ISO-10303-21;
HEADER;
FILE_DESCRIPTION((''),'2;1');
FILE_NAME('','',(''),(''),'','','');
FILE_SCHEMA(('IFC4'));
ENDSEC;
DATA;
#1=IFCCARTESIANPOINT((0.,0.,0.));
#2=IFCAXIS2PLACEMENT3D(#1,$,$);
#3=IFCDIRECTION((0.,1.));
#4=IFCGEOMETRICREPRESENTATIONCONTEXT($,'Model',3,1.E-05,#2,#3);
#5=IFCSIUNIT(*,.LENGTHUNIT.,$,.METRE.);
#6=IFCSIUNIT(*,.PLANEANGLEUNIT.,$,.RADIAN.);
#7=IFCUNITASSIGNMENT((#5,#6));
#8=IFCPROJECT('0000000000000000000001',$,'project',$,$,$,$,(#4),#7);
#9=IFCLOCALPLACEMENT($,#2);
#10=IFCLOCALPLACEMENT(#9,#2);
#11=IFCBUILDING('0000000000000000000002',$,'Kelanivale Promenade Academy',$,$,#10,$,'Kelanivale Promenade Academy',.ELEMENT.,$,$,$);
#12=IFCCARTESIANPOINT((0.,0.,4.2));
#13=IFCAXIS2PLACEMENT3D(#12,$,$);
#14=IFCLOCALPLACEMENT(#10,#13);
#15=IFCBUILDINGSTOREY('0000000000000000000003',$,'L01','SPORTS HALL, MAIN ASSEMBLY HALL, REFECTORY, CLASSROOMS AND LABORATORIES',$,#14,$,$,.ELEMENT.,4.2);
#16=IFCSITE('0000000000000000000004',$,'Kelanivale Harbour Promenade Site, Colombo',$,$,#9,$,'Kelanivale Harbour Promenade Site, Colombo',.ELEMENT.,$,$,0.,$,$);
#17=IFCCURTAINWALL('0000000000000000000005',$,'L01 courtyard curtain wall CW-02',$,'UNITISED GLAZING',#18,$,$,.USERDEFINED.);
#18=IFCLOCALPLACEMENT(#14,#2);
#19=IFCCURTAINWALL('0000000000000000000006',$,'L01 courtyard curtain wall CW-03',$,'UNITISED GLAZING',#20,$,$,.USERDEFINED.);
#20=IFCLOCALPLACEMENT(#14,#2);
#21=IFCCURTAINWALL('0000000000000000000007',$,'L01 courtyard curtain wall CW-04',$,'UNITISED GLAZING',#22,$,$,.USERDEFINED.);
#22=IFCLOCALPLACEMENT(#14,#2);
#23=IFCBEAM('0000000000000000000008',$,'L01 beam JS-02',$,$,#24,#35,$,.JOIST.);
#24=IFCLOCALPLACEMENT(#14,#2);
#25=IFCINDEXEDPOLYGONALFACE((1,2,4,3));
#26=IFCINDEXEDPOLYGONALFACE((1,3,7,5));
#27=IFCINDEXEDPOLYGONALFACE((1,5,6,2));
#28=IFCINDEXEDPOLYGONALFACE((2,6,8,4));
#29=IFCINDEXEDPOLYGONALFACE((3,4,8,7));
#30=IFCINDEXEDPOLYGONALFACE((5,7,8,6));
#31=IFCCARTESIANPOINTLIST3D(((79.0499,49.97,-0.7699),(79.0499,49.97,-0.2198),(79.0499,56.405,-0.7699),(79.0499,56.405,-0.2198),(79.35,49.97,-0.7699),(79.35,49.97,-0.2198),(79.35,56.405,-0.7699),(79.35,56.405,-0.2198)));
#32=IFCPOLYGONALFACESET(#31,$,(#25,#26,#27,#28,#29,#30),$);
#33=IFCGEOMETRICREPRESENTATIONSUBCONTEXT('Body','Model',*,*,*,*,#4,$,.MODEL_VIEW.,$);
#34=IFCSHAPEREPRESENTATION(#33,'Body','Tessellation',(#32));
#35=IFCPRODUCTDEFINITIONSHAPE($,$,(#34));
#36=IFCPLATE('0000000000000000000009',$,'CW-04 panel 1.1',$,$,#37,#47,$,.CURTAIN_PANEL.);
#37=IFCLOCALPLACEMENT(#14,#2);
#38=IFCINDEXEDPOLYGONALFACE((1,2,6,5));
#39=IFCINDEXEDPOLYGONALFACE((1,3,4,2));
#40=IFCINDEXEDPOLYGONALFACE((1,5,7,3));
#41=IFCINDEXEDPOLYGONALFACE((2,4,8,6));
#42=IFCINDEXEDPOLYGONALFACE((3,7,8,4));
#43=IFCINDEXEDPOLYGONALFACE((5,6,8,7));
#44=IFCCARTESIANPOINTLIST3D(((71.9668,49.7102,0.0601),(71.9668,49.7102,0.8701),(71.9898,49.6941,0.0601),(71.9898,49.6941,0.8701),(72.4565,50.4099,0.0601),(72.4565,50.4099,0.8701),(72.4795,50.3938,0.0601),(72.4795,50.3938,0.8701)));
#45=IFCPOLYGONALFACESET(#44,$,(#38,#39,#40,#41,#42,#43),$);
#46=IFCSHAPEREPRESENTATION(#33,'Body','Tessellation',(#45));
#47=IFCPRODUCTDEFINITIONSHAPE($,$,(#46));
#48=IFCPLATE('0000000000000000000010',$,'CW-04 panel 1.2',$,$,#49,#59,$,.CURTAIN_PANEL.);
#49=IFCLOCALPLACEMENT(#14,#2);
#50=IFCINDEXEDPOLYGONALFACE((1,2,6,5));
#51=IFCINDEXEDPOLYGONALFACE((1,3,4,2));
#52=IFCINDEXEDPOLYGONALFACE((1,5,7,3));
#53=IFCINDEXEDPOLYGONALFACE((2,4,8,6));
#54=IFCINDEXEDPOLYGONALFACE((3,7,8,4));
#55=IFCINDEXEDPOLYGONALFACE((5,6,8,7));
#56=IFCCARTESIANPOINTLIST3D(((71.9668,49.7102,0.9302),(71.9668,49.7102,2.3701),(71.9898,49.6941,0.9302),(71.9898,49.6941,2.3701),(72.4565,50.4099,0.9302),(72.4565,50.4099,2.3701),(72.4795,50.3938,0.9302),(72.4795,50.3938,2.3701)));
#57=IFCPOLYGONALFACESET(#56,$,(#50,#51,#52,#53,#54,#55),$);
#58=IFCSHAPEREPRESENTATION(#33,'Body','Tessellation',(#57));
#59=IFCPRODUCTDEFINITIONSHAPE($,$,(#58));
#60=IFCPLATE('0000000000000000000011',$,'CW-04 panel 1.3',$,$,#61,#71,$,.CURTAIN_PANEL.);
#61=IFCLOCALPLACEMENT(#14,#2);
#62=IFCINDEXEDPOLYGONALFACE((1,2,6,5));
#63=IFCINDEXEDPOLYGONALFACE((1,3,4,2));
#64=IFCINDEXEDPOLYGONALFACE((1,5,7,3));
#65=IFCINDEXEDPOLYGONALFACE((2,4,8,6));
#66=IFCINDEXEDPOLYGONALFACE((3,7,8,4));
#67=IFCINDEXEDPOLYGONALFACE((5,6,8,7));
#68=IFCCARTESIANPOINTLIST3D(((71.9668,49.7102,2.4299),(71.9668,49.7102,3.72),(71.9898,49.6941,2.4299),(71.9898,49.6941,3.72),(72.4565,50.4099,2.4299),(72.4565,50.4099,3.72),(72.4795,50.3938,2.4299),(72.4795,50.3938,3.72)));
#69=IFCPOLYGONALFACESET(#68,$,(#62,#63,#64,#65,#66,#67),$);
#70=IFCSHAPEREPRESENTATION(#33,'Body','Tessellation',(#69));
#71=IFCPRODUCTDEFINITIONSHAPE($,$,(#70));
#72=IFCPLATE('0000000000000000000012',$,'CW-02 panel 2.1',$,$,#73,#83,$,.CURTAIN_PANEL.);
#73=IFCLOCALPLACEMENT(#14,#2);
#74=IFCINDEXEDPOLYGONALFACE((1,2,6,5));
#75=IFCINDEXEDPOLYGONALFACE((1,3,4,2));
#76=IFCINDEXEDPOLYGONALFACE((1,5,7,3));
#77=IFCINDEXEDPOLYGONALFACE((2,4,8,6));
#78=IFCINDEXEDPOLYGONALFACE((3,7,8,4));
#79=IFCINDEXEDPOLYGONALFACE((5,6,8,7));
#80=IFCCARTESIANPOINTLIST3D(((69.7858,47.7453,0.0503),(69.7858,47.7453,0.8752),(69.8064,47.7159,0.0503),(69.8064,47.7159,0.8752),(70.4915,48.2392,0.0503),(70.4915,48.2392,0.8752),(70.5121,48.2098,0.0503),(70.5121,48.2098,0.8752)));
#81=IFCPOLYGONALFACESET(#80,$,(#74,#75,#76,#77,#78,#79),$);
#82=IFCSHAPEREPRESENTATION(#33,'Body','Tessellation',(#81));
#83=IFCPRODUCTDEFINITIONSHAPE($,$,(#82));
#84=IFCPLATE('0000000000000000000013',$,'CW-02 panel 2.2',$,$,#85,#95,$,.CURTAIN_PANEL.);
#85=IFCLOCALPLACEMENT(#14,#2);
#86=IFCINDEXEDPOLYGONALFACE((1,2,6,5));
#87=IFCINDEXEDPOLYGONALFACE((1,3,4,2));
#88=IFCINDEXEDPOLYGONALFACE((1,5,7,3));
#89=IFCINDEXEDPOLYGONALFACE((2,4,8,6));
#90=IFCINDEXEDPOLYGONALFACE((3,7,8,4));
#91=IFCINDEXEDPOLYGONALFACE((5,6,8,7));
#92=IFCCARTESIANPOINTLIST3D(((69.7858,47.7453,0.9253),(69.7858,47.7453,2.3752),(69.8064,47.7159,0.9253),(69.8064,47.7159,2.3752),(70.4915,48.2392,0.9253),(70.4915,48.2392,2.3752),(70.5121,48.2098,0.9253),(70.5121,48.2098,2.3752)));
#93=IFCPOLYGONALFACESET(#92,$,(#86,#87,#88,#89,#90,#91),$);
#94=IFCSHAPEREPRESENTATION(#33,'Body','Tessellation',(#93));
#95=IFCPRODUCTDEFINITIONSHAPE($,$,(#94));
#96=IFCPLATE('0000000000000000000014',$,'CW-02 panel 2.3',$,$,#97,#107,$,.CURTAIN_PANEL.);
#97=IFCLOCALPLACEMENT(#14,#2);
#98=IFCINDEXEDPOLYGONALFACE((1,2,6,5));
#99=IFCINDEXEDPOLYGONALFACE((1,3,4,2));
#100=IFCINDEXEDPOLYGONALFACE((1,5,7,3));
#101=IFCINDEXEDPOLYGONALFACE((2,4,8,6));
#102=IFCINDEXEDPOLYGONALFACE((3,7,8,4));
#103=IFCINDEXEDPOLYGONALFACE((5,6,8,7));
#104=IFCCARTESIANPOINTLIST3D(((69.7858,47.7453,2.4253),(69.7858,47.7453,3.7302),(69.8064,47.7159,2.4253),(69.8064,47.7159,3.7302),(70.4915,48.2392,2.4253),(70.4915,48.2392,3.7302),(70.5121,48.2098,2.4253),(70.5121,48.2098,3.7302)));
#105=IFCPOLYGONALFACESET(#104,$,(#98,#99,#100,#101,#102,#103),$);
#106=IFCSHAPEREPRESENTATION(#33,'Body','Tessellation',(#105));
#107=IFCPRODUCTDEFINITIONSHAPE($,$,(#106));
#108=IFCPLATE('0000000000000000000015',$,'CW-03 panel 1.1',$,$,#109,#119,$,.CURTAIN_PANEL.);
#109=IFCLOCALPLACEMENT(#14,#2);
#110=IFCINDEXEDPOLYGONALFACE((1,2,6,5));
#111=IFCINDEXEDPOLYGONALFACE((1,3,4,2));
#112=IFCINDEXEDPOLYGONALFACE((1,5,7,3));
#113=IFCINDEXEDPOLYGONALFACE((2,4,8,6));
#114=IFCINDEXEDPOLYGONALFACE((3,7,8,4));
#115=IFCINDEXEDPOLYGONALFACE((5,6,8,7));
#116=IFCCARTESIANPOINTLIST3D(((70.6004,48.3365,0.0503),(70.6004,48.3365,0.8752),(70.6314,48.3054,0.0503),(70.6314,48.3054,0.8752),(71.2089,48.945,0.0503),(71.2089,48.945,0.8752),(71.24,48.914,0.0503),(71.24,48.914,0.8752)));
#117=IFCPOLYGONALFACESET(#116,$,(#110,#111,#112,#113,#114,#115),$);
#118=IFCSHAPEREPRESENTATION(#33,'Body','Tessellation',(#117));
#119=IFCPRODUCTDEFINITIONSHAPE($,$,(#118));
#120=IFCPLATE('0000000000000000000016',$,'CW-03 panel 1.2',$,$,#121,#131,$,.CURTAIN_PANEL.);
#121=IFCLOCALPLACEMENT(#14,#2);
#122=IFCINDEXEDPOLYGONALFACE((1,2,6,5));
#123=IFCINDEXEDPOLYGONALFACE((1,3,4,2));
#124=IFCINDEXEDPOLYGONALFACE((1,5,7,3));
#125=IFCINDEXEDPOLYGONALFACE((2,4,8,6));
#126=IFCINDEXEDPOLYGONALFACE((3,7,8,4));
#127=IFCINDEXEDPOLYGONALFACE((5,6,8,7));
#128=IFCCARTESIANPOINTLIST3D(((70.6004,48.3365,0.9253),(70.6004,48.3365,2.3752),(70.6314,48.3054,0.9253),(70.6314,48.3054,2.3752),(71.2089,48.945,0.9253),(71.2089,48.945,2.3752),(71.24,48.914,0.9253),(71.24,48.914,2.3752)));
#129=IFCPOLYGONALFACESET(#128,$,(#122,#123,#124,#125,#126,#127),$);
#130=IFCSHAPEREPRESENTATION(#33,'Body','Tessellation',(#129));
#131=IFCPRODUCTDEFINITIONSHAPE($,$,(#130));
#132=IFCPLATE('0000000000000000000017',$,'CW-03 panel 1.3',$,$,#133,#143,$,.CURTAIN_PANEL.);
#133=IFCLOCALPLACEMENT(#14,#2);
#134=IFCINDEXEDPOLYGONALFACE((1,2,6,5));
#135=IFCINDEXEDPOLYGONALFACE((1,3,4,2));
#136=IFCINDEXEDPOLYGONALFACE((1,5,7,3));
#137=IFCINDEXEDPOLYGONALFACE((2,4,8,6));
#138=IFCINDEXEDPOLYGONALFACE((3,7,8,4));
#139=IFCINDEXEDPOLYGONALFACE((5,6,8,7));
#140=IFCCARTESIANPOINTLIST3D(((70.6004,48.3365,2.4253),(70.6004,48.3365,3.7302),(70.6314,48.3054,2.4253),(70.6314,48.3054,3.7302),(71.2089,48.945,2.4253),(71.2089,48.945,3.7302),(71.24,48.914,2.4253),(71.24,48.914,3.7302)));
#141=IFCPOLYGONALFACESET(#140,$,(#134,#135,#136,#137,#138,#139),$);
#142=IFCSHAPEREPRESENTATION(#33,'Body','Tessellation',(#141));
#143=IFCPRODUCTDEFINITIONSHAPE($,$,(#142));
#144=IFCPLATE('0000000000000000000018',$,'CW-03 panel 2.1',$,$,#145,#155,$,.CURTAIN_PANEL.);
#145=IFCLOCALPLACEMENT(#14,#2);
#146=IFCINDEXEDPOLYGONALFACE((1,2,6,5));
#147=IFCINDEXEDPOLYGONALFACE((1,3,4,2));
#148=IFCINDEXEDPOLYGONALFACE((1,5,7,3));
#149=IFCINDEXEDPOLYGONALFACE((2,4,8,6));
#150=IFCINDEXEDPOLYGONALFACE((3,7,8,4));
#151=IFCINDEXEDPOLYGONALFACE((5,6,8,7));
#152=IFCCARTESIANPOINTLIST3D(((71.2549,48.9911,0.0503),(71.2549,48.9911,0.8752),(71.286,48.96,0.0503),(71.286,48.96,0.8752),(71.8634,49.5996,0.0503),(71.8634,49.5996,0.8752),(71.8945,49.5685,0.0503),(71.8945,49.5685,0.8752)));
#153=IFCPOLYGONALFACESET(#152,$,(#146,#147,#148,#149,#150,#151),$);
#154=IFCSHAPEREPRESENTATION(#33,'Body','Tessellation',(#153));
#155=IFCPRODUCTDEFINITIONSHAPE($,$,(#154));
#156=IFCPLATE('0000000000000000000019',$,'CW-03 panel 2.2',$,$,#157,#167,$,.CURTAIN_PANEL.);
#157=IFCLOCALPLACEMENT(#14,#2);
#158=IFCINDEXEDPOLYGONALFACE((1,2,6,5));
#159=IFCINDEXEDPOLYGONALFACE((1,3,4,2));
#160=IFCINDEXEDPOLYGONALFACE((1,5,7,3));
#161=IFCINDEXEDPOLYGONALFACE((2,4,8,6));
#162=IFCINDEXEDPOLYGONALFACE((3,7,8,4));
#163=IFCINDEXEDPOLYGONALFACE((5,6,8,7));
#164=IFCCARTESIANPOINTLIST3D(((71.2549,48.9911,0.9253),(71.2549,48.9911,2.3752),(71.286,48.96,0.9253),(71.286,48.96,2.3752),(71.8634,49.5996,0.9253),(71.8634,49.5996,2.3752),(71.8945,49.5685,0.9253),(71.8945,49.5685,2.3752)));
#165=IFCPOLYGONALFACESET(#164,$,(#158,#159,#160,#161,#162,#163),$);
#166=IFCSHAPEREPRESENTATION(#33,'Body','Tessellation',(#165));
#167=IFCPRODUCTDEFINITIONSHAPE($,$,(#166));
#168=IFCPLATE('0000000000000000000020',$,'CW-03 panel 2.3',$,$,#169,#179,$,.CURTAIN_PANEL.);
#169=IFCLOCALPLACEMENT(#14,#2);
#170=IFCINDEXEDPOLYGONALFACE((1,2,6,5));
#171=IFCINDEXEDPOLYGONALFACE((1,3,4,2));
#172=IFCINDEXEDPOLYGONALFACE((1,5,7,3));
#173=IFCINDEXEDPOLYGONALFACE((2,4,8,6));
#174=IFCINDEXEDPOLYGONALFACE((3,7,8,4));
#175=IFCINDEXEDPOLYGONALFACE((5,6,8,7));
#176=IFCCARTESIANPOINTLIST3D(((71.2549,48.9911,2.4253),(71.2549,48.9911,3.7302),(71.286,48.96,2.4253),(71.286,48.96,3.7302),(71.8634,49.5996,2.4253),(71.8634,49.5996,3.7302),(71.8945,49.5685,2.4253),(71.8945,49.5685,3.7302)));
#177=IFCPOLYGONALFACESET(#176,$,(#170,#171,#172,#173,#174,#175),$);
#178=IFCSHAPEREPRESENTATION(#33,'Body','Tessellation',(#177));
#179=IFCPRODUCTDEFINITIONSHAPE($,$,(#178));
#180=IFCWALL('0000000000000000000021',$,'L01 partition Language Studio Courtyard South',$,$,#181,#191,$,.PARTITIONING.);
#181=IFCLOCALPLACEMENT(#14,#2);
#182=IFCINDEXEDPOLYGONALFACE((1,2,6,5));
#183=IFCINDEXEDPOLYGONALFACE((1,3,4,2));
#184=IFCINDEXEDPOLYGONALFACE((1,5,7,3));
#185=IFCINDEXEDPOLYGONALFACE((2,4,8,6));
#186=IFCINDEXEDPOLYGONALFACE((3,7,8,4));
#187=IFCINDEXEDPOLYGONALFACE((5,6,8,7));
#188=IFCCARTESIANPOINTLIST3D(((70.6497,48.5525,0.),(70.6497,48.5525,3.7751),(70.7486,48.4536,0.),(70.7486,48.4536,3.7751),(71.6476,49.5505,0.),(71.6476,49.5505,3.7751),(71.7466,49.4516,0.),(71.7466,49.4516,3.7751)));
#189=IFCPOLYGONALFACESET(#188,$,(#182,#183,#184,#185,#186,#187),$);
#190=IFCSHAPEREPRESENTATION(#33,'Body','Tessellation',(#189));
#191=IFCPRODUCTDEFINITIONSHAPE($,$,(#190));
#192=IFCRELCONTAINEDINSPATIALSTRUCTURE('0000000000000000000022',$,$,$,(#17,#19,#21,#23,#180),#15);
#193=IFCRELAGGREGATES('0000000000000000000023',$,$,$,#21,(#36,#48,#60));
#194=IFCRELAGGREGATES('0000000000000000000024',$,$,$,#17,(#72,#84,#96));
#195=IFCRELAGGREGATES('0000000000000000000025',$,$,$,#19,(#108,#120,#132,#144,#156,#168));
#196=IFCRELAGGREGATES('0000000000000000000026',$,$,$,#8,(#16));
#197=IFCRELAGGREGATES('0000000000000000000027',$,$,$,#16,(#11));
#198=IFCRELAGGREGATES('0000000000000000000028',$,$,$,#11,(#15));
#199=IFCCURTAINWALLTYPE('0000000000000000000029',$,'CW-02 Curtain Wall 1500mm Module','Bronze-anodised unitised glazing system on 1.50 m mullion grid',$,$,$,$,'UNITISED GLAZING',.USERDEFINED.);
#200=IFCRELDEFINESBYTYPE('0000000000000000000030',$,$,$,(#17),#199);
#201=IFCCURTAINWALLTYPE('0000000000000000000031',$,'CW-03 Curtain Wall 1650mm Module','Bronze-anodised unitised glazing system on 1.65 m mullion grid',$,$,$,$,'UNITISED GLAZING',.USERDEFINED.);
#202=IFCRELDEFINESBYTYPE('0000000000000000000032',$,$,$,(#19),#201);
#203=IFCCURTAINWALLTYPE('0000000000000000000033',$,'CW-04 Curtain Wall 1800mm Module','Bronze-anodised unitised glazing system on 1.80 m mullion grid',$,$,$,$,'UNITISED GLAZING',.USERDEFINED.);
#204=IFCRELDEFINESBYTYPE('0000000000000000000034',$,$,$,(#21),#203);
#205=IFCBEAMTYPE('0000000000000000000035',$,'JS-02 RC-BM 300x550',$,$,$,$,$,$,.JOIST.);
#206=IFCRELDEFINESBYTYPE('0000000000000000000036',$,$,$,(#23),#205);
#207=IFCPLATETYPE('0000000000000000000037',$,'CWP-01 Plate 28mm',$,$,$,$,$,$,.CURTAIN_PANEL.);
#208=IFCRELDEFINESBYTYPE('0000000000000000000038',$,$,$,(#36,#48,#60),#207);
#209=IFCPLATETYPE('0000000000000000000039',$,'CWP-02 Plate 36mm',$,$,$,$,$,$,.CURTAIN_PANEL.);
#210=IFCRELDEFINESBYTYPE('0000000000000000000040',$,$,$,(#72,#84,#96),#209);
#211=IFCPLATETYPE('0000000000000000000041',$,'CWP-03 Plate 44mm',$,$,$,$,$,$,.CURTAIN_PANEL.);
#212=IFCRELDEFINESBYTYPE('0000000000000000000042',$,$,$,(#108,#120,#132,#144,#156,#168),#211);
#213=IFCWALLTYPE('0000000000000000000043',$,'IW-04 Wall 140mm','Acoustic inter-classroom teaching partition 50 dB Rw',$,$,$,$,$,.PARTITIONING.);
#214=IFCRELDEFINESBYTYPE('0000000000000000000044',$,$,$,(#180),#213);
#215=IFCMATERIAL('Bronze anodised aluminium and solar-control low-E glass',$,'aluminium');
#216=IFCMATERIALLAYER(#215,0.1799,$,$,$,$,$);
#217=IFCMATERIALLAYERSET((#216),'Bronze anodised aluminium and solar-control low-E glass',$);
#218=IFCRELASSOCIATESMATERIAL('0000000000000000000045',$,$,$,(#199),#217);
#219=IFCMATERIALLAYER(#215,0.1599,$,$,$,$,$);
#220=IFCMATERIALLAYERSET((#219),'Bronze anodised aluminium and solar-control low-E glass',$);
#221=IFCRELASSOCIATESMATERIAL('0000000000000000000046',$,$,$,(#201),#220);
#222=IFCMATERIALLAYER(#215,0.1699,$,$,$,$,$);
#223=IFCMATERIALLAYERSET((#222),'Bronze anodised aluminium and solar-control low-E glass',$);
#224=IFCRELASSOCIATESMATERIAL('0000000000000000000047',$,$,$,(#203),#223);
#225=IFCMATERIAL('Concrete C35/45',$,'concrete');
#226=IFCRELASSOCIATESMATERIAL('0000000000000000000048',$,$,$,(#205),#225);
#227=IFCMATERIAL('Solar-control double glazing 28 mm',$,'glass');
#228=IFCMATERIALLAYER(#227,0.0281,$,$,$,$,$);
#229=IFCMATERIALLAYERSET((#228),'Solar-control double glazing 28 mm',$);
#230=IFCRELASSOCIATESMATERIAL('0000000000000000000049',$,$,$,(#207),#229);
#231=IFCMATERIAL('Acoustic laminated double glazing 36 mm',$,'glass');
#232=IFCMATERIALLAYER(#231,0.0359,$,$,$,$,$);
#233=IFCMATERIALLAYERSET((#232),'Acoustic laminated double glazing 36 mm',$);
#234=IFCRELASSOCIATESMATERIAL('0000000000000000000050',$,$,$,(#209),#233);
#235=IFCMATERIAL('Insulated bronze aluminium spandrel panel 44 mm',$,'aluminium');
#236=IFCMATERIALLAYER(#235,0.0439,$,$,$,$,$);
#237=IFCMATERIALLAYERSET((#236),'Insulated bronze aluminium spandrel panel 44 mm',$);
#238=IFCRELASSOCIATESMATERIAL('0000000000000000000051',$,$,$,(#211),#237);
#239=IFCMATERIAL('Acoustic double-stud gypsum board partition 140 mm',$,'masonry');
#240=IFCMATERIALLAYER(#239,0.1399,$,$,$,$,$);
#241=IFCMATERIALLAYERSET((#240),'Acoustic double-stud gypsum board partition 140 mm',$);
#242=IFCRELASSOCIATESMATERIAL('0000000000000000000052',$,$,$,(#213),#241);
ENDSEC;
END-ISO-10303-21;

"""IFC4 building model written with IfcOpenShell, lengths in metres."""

from ifc_helpers import new_model, si_unit, direction, frame, frame_2d, origin, origin_2d, place, context, subcontext, project, spatial, rectangle, extrude, material, layer, layer_set, material_profile, profile_set, type_object, element, aggregate, save


model = new_model("IFC4")

# Units and contexts
model_context = context("Model", 3, precision=1e-05, world=origin(), true_north=direction((0.0, 1.0)))
body_context = subcontext(model_context, "Body", "Model", "MODEL_VIEW")
ifc_project = project(units=[si_unit("LENGTHUNIT", "METRE"), si_unit("PLANEANGLEUNIT", "RADIAN")], contexts=[model_context])

# Site, building, storey
site_placement = place(None, origin())
site = spatial("IfcSite", under=ifc_project, at=site_placement, Name="Kelanivale Harbour Promenade Site, Colombo", LongName="Kelanivale Harbour Promenade Site, Colombo", CompositionType="ELEMENT", RefElevation=0.0)
building_placement = place(site_placement, origin())
building = spatial("IfcBuilding", under=site, at=building_placement, Name="Kelanivale Promenade Academy", LongName="Kelanivale Promenade Academy", CompositionType="ELEMENT")
storey_placement = place(building_placement, frame((0.0, 0.0, 4.2)))
storey = spatial("IfcBuildingStorey", under=building, at=storey_placement, Name="L01", Description="SPORTS HALL, MAIN ASSEMBLY HALL, REFECTORY, CLASSROOMS AND LABORATORIES", CompositionType="ELEMENT", Elevation=4.2)

# Curtain wall
ifc_material_1 = material(Name="Bronze anodised aluminium and solar-control low-E glass", Category="aluminium")
ifc_layer_1 = layer(ifc_material_1, 0.1799)
ifc_layer_set_1 = layer_set([ifc_layer_1], Name="Bronze anodised aluminium and solar-control low-E glass")
curtain_wall_type_1 = type_object("IfcCurtainWallType", Name="CW-02 Curtain Wall 1500mm Module", Description="Bronze-anodised unitised glazing system on 1.50 m mullion grid", ElementType="UNITISED GLAZING", PredefinedType="USERDEFINED", material=ifc_layer_set_1)
curtain_wall_1_placement = place(storey_placement, origin())
curtain_wall_1 = element("IfcCurtainWall", 1, at=curtain_wall_1_placement, inside=storey, type_object=curtain_wall_type_1, Name="L01 courtyard curtain wall CW-02", ObjectType="UNITISED GLAZING", PredefinedType="USERDEFINED")

# Curtain wall
ifc_layer_2 = layer(ifc_material_1, 0.1599)
ifc_layer_set_2 = layer_set([ifc_layer_2], Name="Bronze anodised aluminium and solar-control low-E glass")
curtain_wall_type_2 = type_object("IfcCurtainWallType", Name="CW-03 Curtain Wall 1650mm Module", Description="Bronze-anodised unitised glazing system on 1.65 m mullion grid", ElementType="UNITISED GLAZING", PredefinedType="USERDEFINED", material=ifc_layer_set_2)
curtain_wall_2_placement = place(storey_placement, origin())
curtain_wall_2 = element("IfcCurtainWall", 2, at=curtain_wall_2_placement, inside=storey, type_object=curtain_wall_type_2, Name="L01 courtyard curtain wall CW-03", ObjectType="UNITISED GLAZING", PredefinedType="USERDEFINED")

# Curtain wall
ifc_layer_3 = layer(ifc_material_1, 0.1699)
ifc_layer_set_3 = layer_set([ifc_layer_3], Name="Bronze anodised aluminium and solar-control low-E glass")
curtain_wall_type_3 = type_object("IfcCurtainWallType", Name="CW-04 Curtain Wall 1800mm Module", Description="Bronze-anodised unitised glazing system on 1.80 m mullion grid", ElementType="UNITISED GLAZING", PredefinedType="USERDEFINED", material=ifc_layer_set_3)
curtain_wall_3_placement = place(storey_placement, origin())
curtain_wall_3 = element("IfcCurtainWall", 3, at=curtain_wall_3_placement, inside=storey, type_object=curtain_wall_type_3, Name="L01 courtyard curtain wall CW-04", ObjectType="UNITISED GLAZING", PredefinedType="USERDEFINED")

# Beam
ifc_material_2 = material(Name="Concrete C35/45", Category="concrete")
ifc_material_profile_1 = material_profile(ifc_material_2, rectangle(XDim=0.3, YDim=0.55, at=origin_2d()), Name="RC-BM 300x550")
ifc_profile_set_1 = profile_set([ifc_material_profile_1], Name="Concrete C35/45")
beam_type = type_object("IfcBeamType", Name="JS-02 RC-BM 300x550", PredefinedType="JOIST", material=ifc_profile_set_1)
beam_placement = place(storey_placement, frame((79.2, 49.97, -0.4949), z_axis=(0.0, 1.0, 0.0), x_axis=(-1.0, 0.0, 0.0)))
element("IfcBeam", 4, at=beam_placement, inside=storey, type_object=beam_type, Name="L01 beam JS-02", PredefinedType="JOIST", context=body_context, shape_type="SweptSolid", body=[
    extrude(rectangle(XDim=0.3, YDim=0.55, at=origin_2d()), origin(), (0.0, 0.0, 1.0), 6.4351),
])

# Plates
ifc_material_3 = material(Name="Solar-control double glazing 28 mm", Category="glass")
ifc_layer_4 = layer(ifc_material_3, 0.0281)
ifc_layer_set_4 = layer_set([ifc_layer_4], Name="Solar-control double glazing 28 mm")
plate_type_1 = type_object("IfcPlateType", Name="CWP-01 Plate 28mm", PredefinedType="CURTAIN_PANEL", material=ifc_layer_set_4)
plate_1_placement = place(storey_placement, frame((72.2231, 50.052, 0.0601), z_axis=(0.0, 0.0, 1.0), x_axis=(0.573357, 0.819306, 0.0)))
plate_1 = element("IfcPlate", 5, at=plate_1_placement, type_object=plate_type_1, Name="CW-04 panel 1.1", PredefinedType="CURTAIN_PANEL", context=body_context, shape_type="SweptSolid", body=[
    extrude(rectangle(XDim=0.854, YDim=0.0281, at=origin_2d()), origin(), (0.0, 0.0, 1.0), 0.8101),
])
plate_2_placement = place(storey_placement, frame((72.2231, 50.052, 0.9302), z_axis=(0.0, 0.0, 1.0), x_axis=(0.573357, 0.819306, 0.0)))
plate_2 = element("IfcPlate", 6, at=plate_2_placement, type_object=plate_type_1, Name="CW-04 panel 1.2", PredefinedType="CURTAIN_PANEL", context=body_context, shape_type="SweptSolid", body=[
    extrude(rectangle(XDim=0.854, YDim=0.0281, at=origin_2d()), origin(), (0.0, 0.0, 1.0), 1.4399),
])
plate_3_placement = place(storey_placement, frame((72.2231, 50.052, 2.4299), z_axis=(0.0, 0.0, 1.0), x_axis=(0.573357, 0.819306, 0.0)))
plate_3 = element("IfcPlate", 7, at=plate_3_placement, type_object=plate_type_1, Name="CW-04 panel 1.3", PredefinedType="CURTAIN_PANEL", context=body_context, shape_type="SweptSolid", body=[
    extrude(rectangle(XDim=0.854, YDim=0.0281, at=origin_2d()), origin(), (0.0, 0.0, 1.0), 1.29),
])
aggregate(curtain_wall_3, [plate_1, plate_2, plate_3])
ifc_material_4 = material(Name="Acoustic laminated double glazing 36 mm", Category="glass")
ifc_layer_5 = layer(ifc_material_4, 0.0359)
ifc_layer_set_5 = layer_set([ifc_layer_5], Name="Acoustic laminated double glazing 36 mm")
plate_type_2 = type_object("IfcPlateType", Name="CWP-02 Plate 36mm", PredefinedType="CURTAIN_PANEL", material=ifc_layer_set_5)
plate_4_placement = place(storey_placement, frame((70.1489, 47.9775, 0.0503), z_axis=(0.0, 0.0, 1.0), x_axis=(0.819306, 0.573357, 0.0)))
plate_4 = element("IfcPlate", 8, at=plate_4_placement, type_object=plate_type_2, Name="CW-02 panel 2.1", PredefinedType="CURTAIN_PANEL", context=body_context, shape_type="SweptSolid", body=[
    extrude(rectangle(XDim=0.8613, YDim=0.0359, at=origin_2d()), origin(), (0.0, 0.0, 1.0), 0.825),
])
plate_5_placement = place(storey_placement, frame((70.1489, 47.9775, 0.9253), z_axis=(0.0, 0.0, 1.0), x_axis=(0.819306, 0.573357, 0.0)))
plate_5 = element("IfcPlate", 9, at=plate_5_placement, type_object=plate_type_2, Name="CW-02 panel 2.2", PredefinedType="CURTAIN_PANEL", context=body_context, shape_type="SweptSolid", body=[
    extrude(rectangle(XDim=0.8613, YDim=0.0359, at=origin_2d()), origin(), (0.0, 0.0, 1.0), 1.45),
])
plate_6_placement = place(storey_placement, frame((70.1489, 47.9775, 2.4253), z_axis=(0.0, 0.0, 1.0), x_axis=(0.819306, 0.573357, 0.0)))
plate_6 = element("IfcPlate", 10, at=plate_6_placement, type_object=plate_type_2, Name="CW-02 panel 2.3", PredefinedType="CURTAIN_PANEL", context=body_context, shape_type="SweptSolid", body=[
    extrude(rectangle(XDim=0.8613, YDim=0.0359, at=origin_2d()), origin(), (0.0, 0.0, 1.0), 1.3049),
])
aggregate(curtain_wall_1, [plate_4, plate_5, plate_6])
ifc_material_5 = material(Name="Insulated bronze aluminium spandrel panel 44 mm", Category="aluminium")
ifc_layer_6 = layer(ifc_material_5, 0.0439)
ifc_layer_set_6 = layer_set([ifc_layer_6], Name="Insulated bronze aluminium spandrel panel 44 mm")
plate_type_3 = type_object("IfcPlateType", Name="CWP-03 Plate 44mm", PredefinedType="CURTAIN_PANEL", material=ifc_layer_set_6)
plate_7_placement = place(storey_placement, frame((70.9202, 48.6252, 0.0503), z_axis=(0.0, 0.0, 1.0), x_axis=(0.707107, 0.707107, 0.0)))
plate_7 = element("IfcPlate", 11, at=plate_7_placement, type_object=plate_type_3, Name="CW-03 panel 1.1", PredefinedType="CURTAIN_PANEL", context=body_context, shape_type="SweptSolid", body=[
    extrude(rectangle(XDim=0.8606, YDim=0.0439, at=origin_2d()), origin(), (0.0, 0.0, 1.0), 0.825),
])
plate_8_placement = place(storey_placement, frame((70.9202, 48.6252, 0.9253), z_axis=(0.0, 0.0, 1.0), x_axis=(0.707107, 0.707107, 0.0)))
plate_8 = element("IfcPlate", 12, at=plate_8_placement, type_object=plate_type_3, Name="CW-03 panel 1.2", PredefinedType="CURTAIN_PANEL", context=body_context, shape_type="SweptSolid", body=[
    extrude(rectangle(XDim=0.8606, YDim=0.0439, at=origin_2d()), origin(), (0.0, 0.0, 1.0), 1.45),
])
plate_9_placement = place(storey_placement, frame((70.9202, 48.6252, 2.4253), z_axis=(0.0, 0.0, 1.0), x_axis=(0.707107, 0.707107, 0.0)))
plate_9 = element("IfcPlate", 13, at=plate_9_placement, type_object=plate_type_3, Name="CW-03 panel 1.3", PredefinedType="CURTAIN_PANEL", context=body_context, shape_type="SweptSolid", body=[
    extrude(rectangle(XDim=0.8606, YDim=0.0439, at=origin_2d()), origin(), (0.0, 0.0, 1.0), 1.3049),
])
plate_10_placement = place(storey_placement, frame((71.5747, 49.2798, 0.0503), z_axis=(0.0, 0.0, 1.0), x_axis=(0.707107, 0.707107, 0.0)))
plate_10 = element("IfcPlate", 14, at=plate_10_placement, type_object=plate_type_3, Name="CW-03 panel 2.1", PredefinedType="CURTAIN_PANEL", context=body_context, shape_type="SweptSolid", body=[
    extrude(rectangle(XDim=0.8606, YDim=0.0439, at=origin_2d()), origin(), (0.0, 0.0, 1.0), 0.825),
])
plate_11_placement = place(storey_placement, frame((71.5747, 49.2798, 0.9253), z_axis=(0.0, 0.0, 1.0), x_axis=(0.707107, 0.707107, 0.0)))
plate_11 = element("IfcPlate", 15, at=plate_11_placement, type_object=plate_type_3, Name="CW-03 panel 2.2", PredefinedType="CURTAIN_PANEL", context=body_context, shape_type="SweptSolid", body=[
    extrude(rectangle(XDim=0.8606, YDim=0.0439, at=origin_2d()), origin(), (0.0, 0.0, 1.0), 1.45),
])
plate_12_placement = place(storey_placement, frame((71.5747, 49.2798, 2.4253), z_axis=(0.0, 0.0, 1.0), x_axis=(0.707107, 0.707107, 0.0)))
plate_12 = element("IfcPlate", 16, at=plate_12_placement, type_object=plate_type_3, Name="CW-03 panel 2.3", PredefinedType="CURTAIN_PANEL", context=body_context, shape_type="SweptSolid", body=[
    extrude(rectangle(XDim=0.8606, YDim=0.0439, at=origin_2d()), origin(), (0.0, 0.0, 1.0), 1.3049),
])
aggregate(curtain_wall_2, [plate_7, plate_8, plate_9, plate_10, plate_11, plate_12])

# Wall
ifc_material_6 = material(Name="Acoustic double-stud gypsum board partition 140 mm", Category="masonry")
ifc_layer_7 = layer(ifc_material_6, 0.1399)
ifc_layer_set_7 = layer_set([ifc_layer_7], Name="Acoustic double-stud gypsum board partition 140 mm")
wall_type = type_object("IfcWallType", Name="IW-04 Wall 140mm", Description="Acoustic inter-classroom teaching partition 50 dB Rw", PredefinedType="PARTITIONING", material=ifc_layer_set_7)
wall_1_placement = place(storey_placement, frame((71.697, 49.501, 0.0), z_axis=(0.0, 0.0, 1.0), x_axis=(-0.707107, -0.707107, 0.0)))
element("IfcWall", 17, at=wall_1_placement, inside=storey, type_object=wall_type, Name="L01 partition Language Studio Courtyard South", PredefinedType="PARTITIONING", context=body_context, shape_type="SweptSolid", body=[
    extrude(rectangle(XDim=1.4114, YDim=0.1399, at=frame_2d((0.7056, 0.0))), origin(), (0.0, 0.0, 1.0), 3.7751),
])

save(model, "model.ifc")
